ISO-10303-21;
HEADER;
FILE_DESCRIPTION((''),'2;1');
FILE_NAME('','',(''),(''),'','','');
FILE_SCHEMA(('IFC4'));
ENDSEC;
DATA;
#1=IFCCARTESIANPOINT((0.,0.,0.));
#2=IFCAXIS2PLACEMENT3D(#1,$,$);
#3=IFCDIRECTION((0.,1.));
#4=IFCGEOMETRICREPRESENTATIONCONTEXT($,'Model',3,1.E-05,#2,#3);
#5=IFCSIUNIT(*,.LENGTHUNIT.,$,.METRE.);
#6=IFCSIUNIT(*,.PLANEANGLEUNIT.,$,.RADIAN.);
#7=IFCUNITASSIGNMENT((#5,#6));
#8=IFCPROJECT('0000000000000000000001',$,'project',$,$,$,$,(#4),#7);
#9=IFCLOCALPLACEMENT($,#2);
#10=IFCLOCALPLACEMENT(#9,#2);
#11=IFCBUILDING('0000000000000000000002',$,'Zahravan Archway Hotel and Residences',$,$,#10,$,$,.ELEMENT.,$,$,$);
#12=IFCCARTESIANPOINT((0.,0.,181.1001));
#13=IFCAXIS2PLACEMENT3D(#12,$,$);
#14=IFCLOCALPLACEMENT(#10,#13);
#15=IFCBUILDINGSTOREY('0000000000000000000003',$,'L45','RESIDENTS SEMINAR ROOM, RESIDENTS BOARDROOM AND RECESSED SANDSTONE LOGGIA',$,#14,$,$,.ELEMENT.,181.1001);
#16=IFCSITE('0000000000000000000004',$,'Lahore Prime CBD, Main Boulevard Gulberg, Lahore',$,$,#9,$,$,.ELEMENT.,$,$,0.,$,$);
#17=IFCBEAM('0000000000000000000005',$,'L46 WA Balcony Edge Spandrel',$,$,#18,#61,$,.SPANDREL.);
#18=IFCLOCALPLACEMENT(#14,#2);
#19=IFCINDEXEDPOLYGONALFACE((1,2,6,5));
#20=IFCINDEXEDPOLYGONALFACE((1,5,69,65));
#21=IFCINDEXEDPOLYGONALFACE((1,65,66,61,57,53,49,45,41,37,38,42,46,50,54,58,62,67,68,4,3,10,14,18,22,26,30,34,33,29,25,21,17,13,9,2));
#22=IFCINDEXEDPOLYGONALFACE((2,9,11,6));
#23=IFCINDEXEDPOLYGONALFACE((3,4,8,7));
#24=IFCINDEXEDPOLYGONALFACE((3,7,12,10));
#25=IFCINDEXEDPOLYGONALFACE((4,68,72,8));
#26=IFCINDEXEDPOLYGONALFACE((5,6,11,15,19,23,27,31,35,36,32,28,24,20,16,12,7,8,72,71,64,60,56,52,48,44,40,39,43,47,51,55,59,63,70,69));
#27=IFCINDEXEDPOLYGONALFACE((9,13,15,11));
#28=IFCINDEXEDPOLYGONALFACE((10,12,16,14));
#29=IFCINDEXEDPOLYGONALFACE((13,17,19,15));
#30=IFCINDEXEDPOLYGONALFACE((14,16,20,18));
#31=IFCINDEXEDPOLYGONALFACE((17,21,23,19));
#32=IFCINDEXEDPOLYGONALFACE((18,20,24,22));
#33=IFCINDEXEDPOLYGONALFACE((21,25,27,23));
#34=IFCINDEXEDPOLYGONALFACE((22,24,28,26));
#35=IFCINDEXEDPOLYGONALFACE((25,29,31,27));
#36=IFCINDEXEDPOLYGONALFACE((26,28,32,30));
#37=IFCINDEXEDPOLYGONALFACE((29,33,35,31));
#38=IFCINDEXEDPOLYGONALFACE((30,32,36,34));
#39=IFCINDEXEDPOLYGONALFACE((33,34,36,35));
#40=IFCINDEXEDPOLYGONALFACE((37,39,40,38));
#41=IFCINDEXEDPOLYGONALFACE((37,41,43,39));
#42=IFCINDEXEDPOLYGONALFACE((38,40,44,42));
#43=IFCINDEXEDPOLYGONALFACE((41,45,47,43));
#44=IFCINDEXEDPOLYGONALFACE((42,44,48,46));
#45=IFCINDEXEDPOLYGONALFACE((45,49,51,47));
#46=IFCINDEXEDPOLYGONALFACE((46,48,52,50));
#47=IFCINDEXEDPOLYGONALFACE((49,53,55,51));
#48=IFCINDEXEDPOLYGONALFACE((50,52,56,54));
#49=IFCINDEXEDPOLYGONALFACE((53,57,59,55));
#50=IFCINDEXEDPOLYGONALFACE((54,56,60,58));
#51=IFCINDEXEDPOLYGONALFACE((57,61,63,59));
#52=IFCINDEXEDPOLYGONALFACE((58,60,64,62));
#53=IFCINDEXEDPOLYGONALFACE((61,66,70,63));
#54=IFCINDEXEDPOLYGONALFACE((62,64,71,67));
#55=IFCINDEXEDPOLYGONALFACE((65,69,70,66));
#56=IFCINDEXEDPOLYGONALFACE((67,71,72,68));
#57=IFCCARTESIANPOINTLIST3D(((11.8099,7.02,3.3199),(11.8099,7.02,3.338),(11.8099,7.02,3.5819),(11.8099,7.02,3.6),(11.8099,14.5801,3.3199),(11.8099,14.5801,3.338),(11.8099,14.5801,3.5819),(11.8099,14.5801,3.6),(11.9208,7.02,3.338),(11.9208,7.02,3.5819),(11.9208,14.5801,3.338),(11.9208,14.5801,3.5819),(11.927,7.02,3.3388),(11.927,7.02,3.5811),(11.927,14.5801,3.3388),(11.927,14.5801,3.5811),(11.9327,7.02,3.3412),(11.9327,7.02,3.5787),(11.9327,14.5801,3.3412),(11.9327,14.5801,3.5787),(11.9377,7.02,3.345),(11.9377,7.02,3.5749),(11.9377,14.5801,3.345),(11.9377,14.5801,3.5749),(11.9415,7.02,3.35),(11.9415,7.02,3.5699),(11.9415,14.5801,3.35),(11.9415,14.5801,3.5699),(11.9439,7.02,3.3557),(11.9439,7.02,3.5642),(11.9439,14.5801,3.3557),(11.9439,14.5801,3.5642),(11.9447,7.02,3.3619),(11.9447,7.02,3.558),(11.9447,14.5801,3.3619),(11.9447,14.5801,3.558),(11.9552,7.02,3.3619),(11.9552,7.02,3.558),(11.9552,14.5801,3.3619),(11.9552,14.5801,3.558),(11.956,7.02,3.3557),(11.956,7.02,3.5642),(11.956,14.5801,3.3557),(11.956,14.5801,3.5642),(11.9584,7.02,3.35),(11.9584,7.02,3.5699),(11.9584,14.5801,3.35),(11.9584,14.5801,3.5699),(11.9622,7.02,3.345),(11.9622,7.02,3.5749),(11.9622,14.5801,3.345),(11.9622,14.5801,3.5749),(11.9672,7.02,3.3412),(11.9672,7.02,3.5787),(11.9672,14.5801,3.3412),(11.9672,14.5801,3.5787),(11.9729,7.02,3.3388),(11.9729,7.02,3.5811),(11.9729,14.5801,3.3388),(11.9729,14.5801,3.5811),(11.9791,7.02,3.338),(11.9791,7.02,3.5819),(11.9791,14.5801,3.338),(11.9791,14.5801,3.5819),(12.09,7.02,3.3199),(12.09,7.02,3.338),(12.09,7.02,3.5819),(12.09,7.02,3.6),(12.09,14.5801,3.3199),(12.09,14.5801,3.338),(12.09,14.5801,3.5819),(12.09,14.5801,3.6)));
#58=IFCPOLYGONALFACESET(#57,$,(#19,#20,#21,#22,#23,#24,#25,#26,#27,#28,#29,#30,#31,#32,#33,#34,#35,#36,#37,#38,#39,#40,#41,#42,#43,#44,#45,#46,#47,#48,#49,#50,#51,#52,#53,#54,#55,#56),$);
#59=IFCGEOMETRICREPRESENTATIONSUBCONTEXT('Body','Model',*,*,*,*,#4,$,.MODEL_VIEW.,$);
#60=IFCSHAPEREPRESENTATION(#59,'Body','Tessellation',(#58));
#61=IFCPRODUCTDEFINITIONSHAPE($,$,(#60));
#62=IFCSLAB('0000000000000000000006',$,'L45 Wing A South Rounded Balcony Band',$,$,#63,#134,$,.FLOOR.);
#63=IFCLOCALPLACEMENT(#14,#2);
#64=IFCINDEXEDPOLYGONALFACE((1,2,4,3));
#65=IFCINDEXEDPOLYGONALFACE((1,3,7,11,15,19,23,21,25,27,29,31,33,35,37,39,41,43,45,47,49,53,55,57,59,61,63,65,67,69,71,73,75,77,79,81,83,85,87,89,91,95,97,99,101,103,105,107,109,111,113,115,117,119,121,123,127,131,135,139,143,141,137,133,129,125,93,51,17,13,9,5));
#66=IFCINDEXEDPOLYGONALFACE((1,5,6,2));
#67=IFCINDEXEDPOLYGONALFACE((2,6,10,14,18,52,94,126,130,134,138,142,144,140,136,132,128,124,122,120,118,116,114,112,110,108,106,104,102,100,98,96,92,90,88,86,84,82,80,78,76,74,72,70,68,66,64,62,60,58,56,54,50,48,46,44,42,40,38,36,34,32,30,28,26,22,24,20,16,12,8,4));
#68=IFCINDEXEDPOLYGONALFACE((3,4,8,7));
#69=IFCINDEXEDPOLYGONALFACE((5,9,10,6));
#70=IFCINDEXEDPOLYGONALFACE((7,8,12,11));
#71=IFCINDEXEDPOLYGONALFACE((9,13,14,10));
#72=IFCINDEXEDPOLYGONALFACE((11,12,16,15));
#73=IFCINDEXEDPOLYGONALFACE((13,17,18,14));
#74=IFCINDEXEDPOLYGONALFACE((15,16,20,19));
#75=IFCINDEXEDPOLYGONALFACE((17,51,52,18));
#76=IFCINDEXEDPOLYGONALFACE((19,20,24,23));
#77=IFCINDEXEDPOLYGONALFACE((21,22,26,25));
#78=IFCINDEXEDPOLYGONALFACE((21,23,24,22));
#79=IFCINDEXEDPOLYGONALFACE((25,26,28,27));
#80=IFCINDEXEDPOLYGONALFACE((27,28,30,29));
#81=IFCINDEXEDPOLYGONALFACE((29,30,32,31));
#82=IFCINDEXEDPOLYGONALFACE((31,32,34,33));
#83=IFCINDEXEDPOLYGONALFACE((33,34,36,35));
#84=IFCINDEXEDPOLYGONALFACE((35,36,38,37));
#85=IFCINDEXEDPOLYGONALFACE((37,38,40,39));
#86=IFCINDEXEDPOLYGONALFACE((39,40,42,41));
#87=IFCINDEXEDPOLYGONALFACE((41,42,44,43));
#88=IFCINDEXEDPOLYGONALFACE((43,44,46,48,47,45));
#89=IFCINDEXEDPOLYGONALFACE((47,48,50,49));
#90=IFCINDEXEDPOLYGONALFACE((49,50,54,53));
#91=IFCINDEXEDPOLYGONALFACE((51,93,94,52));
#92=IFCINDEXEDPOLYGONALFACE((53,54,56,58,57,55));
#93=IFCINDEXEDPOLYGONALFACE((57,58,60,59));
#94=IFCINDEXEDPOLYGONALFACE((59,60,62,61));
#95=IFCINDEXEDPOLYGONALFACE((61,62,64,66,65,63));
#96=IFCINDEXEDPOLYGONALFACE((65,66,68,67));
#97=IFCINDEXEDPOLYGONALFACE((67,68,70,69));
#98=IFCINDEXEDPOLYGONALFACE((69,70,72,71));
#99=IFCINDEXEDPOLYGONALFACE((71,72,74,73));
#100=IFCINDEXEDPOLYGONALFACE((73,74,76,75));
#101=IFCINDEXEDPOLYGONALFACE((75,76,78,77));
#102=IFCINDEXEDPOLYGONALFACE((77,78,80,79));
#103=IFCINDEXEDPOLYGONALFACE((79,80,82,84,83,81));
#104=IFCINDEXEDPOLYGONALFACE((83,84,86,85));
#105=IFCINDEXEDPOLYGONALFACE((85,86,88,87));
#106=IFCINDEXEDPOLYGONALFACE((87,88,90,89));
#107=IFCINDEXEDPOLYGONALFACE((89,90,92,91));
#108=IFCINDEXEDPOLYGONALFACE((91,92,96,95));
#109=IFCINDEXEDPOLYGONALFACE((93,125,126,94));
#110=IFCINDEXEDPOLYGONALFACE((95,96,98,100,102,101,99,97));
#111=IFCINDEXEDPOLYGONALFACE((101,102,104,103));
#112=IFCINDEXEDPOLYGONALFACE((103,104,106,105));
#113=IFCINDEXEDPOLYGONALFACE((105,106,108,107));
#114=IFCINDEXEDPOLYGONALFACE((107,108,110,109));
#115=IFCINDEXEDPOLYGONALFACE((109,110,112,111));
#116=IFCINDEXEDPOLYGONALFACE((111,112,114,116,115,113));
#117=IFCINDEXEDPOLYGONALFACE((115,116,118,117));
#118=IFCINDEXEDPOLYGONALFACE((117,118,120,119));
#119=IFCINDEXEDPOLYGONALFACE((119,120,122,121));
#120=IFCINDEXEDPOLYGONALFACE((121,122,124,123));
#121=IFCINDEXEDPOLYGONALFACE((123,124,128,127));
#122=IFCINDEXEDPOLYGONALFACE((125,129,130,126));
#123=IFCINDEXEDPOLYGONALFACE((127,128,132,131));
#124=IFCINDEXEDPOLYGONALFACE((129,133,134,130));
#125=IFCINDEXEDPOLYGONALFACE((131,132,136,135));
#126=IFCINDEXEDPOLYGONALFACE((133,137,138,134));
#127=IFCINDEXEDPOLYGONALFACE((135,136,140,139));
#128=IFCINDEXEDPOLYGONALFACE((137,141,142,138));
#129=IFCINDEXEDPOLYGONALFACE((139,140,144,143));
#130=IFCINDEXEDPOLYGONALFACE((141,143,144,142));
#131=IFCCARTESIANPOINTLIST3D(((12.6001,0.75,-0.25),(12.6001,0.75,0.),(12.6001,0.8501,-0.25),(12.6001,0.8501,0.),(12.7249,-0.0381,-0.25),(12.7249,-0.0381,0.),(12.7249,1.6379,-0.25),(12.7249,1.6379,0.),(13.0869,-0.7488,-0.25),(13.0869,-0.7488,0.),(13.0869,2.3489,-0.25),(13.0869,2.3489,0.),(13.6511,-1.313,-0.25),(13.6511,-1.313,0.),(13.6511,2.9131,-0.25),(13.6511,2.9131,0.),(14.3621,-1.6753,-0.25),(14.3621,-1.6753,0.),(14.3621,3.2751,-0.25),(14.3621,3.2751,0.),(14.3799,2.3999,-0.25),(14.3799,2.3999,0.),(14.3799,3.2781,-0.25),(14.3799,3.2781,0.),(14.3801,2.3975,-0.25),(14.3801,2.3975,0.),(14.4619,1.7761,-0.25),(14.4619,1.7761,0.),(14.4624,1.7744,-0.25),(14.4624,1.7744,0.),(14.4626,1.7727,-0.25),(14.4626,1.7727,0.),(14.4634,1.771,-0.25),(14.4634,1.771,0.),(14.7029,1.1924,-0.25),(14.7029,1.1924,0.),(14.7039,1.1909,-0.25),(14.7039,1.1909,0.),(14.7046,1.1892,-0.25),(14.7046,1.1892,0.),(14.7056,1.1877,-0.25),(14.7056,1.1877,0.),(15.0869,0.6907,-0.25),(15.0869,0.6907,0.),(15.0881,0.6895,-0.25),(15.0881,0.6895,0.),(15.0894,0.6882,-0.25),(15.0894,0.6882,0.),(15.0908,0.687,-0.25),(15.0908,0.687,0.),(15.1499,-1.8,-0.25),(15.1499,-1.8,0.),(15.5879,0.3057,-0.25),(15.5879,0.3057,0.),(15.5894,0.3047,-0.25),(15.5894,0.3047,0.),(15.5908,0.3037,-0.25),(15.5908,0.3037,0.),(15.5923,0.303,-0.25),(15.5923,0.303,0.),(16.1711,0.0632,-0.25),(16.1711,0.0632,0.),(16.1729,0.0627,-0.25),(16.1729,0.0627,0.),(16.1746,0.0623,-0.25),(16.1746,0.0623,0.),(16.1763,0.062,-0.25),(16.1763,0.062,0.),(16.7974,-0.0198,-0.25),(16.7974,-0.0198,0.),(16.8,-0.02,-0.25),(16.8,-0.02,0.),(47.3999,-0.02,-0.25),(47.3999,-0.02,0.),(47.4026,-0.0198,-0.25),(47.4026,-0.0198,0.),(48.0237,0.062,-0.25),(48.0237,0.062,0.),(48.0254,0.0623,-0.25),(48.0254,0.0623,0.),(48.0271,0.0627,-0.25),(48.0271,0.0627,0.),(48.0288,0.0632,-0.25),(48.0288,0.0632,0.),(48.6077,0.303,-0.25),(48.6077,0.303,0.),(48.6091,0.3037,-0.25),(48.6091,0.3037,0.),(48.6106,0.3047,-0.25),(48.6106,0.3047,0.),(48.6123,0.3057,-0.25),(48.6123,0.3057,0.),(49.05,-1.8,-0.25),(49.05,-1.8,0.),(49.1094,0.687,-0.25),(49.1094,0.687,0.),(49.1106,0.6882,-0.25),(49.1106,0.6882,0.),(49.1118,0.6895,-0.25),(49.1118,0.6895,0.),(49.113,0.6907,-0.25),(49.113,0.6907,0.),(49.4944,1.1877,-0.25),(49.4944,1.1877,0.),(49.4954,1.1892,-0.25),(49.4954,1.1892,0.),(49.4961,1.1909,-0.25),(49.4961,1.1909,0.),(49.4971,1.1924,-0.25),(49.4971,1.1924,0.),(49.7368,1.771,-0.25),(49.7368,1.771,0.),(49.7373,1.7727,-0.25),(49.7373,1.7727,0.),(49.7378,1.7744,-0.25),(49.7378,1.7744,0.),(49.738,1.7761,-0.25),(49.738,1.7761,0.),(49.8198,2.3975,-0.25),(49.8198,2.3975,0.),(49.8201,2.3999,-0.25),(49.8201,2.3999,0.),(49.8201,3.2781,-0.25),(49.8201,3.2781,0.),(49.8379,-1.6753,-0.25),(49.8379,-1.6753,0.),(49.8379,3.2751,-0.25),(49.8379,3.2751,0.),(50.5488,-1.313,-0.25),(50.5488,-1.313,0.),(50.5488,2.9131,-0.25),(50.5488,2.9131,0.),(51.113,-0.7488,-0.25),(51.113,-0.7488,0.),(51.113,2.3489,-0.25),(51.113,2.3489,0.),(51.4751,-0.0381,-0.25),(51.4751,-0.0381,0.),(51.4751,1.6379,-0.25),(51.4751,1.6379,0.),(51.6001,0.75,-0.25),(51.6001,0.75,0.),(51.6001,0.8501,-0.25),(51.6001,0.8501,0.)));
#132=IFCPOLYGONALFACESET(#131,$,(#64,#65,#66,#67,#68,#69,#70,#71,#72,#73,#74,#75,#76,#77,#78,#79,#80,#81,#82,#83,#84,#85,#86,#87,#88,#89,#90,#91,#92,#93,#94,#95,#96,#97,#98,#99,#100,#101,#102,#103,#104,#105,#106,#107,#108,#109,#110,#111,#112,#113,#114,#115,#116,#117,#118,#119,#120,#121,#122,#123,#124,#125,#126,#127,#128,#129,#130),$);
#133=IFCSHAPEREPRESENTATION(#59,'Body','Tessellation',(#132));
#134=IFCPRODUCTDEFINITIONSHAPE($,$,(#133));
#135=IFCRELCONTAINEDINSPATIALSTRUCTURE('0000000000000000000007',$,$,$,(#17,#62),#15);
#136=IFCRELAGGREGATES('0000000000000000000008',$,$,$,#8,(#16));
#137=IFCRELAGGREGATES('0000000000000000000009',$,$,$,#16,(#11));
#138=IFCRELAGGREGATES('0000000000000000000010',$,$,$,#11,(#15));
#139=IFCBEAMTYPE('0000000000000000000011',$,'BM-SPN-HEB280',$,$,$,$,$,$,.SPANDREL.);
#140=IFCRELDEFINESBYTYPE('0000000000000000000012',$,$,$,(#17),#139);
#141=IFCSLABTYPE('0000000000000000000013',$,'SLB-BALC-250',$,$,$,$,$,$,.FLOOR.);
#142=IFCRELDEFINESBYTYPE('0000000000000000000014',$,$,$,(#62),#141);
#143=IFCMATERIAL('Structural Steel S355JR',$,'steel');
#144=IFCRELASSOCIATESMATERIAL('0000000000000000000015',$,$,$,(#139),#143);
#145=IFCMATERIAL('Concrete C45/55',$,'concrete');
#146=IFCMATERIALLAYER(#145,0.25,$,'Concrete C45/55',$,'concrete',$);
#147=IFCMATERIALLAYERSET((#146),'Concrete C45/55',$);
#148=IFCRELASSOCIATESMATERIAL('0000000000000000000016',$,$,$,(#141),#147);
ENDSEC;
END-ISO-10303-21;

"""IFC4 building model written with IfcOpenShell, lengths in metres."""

from ifc_helpers import new_model, si_unit, direction, frame, origin, origin_2d, place, context, subcontext, project, spatial, polyline, i_section, outline, extrude, source, transform, mapped, material, layer, layer_set, material_profile, profile_set, type_object, type_shapes, element, save


model = new_model("IFC4")

# Units and contexts
model_context = context("Model", 3, precision=1e-05, world=origin(), true_north=direction((0.0, 1.0)))
body_context = subcontext(model_context, "Body", "Model", "MODEL_VIEW")
ifc_project = project(units=[si_unit("LENGTHUNIT", "METRE"), si_unit("PLANEANGLEUNIT", "RADIAN")], contexts=[model_context])

# Site, building, storey
site_placement = place(None, origin())
site = spatial("IfcSite", under=ifc_project, at=site_placement, Name="Lahore Prime CBD, Main Boulevard Gulberg, Lahore", CompositionType="ELEMENT", RefElevation=0.0)
building_placement = place(site_placement, origin())
building = spatial("IfcBuilding", under=site, at=building_placement, Name="Zahravan Archway Hotel and Residences", CompositionType="ELEMENT")
storey_placement = place(building_placement, frame((0.0, 0.0, 181.1001)))
storey = spatial("IfcBuildingStorey", under=building, at=storey_placement, Name="L45", Description="RESIDENTS SEMINAR ROOM, RESIDENTS BOARDROOM AND RECESSED SANDSTONE LOGGIA", CompositionType="ELEMENT", Elevation=181.1001)

# Beam
ifc_material_1 = material(Name="Structural Steel S355JR", Category="steel")
ifc_material_profile = material_profile(ifc_material_1, i_section(OverallWidth=0.28, OverallDepth=0.28, WebThickness=0.0105, FlangeThickness=0.0181, FilletRadius=0.0239, at=origin_2d()), Name="HEB 280", Category="steel")
ifc_profile_set = profile_set([ifc_material_profile], Name="Structural Steel S355JR")
beam_type = type_object("IfcBeamType", Name="BM-SPN-HEB280", PredefinedType="SPANDREL", material=ifc_profile_set)
shared_shape = source(origin(), body_context, "Body", "SweptSolid", [
    extrude(i_section(OverallWidth=0.28, OverallDepth=0.28, WebThickness=0.0105, FlangeThickness=0.0181, FilletRadius=0.0239, at=origin_2d()), origin(), (0.0, 0.0, 1.0), 7.5601),
])
type_shapes(beam_type, [shared_shape])
beam_placement = place(storey_placement, frame((11.95, 7.02, 3.46), z_axis=(0.0, 1.0, 0.0), x_axis=(-1.0, 0.0, 0.0)))
element("IfcBeam", 1, at=beam_placement, inside=storey, type_object=beam_type, Name="L46 WA Balcony Edge Spandrel", PredefinedType="SPANDREL", context=body_context, shape_type="MappedRepresentation", body=[
    mapped(shared_shape, transform((0.0, 0.0, 0.0), scale=1.0)),
])

# Slab
ifc_material_2 = material(Name="Concrete C45/55", Category="concrete")
ifc_layer_1 = layer(ifc_material_2, 0.25, Name="Concrete C45/55", Category="concrete")
ifc_layer_set_1 = layer_set([ifc_layer_1], Name="Concrete C45/55")
slab_type_1 = type_object("IfcSlabType", Name="SLB-BALC-250", PredefinedType="FLOOR", material=ifc_layer_set_1)
slab_1_placement = place(storey_placement, frame((0.0, 0.0, -0.25)))
element("IfcSlab", 2, at=slab_1_placement, inside=storey, type_object=slab_type_1, Name="L45 Wing A South Rounded Balcony Band", PredefinedType="FLOOR", context=body_context, shape_type="SweptSolid", body=[
    extrude(outline(polyline([(49.8379, 3.2751), (50.5488, 2.9131), (51.113, 2.3489), (51.4751, 1.6379), (51.6001, 0.8501), (51.6001, 0.75), (51.4751, -0.0381), (51.113, -0.7488), (50.5488, -1.313), (49.8379, -1.6753), (49.05, -1.8), (15.1499, -1.8), (14.3621, -1.6753), (13.6511, -1.313), (13.0869, -0.7488), (12.7249, -0.0381), (12.6001, 0.75), (12.6001, 0.8501), (12.7249, 1.6379), (13.0869, 2.3489), (13.6511, 2.9131), (14.3621, 3.2751), (14.3799, 3.2781), (14.3799, 2.3999), (14.3801, 2.3975), (14.4619, 1.7761), (14.4624, 1.7744), (14.4626, 1.7727), (14.4634, 1.771), (14.7029, 1.1924), (14.7039, 1.1909), (14.7046, 1.1892), (14.7056, 1.1877), (15.0869, 0.6907), (15.0881, 0.6895), (15.0894, 0.6882), (15.0908, 0.687), (15.5879, 0.3057), (15.5894, 0.3047), (15.5908, 0.3037), (15.5923, 0.303), (16.1711, 0.0632), (16.1729, 0.0627), (16.1746, 0.0623), (16.1763, 0.062), (16.7974, -0.0198), (16.8, -0.02), (47.3999, -0.02), (47.4026, -0.0198), (48.0237, 0.062), (48.0254, 0.0623), (48.0271, 0.0627), (48.0288, 0.0632), (48.6077, 0.303), (48.6091, 0.3037), (48.6106, 0.3047), (48.6123, 0.3057), (49.1094, 0.687), (49.1106, 0.6882), (49.1118, 0.6895), (49.113, 0.6907), (49.4944, 1.1877), (49.4954, 1.1892), (49.4961, 1.1909), (49.4971, 1.1924), (49.7368, 1.771), (49.7373, 1.7727), (49.7378, 1.7744), (49.738, 1.7761), (49.8198, 2.3975), (49.8201, 2.3999), (49.8201, 3.2781), (49.8379, 3.2751)])), origin(), (0.0, 0.0, 1.0), 0.25),
])

save(model, "model.ifc")
